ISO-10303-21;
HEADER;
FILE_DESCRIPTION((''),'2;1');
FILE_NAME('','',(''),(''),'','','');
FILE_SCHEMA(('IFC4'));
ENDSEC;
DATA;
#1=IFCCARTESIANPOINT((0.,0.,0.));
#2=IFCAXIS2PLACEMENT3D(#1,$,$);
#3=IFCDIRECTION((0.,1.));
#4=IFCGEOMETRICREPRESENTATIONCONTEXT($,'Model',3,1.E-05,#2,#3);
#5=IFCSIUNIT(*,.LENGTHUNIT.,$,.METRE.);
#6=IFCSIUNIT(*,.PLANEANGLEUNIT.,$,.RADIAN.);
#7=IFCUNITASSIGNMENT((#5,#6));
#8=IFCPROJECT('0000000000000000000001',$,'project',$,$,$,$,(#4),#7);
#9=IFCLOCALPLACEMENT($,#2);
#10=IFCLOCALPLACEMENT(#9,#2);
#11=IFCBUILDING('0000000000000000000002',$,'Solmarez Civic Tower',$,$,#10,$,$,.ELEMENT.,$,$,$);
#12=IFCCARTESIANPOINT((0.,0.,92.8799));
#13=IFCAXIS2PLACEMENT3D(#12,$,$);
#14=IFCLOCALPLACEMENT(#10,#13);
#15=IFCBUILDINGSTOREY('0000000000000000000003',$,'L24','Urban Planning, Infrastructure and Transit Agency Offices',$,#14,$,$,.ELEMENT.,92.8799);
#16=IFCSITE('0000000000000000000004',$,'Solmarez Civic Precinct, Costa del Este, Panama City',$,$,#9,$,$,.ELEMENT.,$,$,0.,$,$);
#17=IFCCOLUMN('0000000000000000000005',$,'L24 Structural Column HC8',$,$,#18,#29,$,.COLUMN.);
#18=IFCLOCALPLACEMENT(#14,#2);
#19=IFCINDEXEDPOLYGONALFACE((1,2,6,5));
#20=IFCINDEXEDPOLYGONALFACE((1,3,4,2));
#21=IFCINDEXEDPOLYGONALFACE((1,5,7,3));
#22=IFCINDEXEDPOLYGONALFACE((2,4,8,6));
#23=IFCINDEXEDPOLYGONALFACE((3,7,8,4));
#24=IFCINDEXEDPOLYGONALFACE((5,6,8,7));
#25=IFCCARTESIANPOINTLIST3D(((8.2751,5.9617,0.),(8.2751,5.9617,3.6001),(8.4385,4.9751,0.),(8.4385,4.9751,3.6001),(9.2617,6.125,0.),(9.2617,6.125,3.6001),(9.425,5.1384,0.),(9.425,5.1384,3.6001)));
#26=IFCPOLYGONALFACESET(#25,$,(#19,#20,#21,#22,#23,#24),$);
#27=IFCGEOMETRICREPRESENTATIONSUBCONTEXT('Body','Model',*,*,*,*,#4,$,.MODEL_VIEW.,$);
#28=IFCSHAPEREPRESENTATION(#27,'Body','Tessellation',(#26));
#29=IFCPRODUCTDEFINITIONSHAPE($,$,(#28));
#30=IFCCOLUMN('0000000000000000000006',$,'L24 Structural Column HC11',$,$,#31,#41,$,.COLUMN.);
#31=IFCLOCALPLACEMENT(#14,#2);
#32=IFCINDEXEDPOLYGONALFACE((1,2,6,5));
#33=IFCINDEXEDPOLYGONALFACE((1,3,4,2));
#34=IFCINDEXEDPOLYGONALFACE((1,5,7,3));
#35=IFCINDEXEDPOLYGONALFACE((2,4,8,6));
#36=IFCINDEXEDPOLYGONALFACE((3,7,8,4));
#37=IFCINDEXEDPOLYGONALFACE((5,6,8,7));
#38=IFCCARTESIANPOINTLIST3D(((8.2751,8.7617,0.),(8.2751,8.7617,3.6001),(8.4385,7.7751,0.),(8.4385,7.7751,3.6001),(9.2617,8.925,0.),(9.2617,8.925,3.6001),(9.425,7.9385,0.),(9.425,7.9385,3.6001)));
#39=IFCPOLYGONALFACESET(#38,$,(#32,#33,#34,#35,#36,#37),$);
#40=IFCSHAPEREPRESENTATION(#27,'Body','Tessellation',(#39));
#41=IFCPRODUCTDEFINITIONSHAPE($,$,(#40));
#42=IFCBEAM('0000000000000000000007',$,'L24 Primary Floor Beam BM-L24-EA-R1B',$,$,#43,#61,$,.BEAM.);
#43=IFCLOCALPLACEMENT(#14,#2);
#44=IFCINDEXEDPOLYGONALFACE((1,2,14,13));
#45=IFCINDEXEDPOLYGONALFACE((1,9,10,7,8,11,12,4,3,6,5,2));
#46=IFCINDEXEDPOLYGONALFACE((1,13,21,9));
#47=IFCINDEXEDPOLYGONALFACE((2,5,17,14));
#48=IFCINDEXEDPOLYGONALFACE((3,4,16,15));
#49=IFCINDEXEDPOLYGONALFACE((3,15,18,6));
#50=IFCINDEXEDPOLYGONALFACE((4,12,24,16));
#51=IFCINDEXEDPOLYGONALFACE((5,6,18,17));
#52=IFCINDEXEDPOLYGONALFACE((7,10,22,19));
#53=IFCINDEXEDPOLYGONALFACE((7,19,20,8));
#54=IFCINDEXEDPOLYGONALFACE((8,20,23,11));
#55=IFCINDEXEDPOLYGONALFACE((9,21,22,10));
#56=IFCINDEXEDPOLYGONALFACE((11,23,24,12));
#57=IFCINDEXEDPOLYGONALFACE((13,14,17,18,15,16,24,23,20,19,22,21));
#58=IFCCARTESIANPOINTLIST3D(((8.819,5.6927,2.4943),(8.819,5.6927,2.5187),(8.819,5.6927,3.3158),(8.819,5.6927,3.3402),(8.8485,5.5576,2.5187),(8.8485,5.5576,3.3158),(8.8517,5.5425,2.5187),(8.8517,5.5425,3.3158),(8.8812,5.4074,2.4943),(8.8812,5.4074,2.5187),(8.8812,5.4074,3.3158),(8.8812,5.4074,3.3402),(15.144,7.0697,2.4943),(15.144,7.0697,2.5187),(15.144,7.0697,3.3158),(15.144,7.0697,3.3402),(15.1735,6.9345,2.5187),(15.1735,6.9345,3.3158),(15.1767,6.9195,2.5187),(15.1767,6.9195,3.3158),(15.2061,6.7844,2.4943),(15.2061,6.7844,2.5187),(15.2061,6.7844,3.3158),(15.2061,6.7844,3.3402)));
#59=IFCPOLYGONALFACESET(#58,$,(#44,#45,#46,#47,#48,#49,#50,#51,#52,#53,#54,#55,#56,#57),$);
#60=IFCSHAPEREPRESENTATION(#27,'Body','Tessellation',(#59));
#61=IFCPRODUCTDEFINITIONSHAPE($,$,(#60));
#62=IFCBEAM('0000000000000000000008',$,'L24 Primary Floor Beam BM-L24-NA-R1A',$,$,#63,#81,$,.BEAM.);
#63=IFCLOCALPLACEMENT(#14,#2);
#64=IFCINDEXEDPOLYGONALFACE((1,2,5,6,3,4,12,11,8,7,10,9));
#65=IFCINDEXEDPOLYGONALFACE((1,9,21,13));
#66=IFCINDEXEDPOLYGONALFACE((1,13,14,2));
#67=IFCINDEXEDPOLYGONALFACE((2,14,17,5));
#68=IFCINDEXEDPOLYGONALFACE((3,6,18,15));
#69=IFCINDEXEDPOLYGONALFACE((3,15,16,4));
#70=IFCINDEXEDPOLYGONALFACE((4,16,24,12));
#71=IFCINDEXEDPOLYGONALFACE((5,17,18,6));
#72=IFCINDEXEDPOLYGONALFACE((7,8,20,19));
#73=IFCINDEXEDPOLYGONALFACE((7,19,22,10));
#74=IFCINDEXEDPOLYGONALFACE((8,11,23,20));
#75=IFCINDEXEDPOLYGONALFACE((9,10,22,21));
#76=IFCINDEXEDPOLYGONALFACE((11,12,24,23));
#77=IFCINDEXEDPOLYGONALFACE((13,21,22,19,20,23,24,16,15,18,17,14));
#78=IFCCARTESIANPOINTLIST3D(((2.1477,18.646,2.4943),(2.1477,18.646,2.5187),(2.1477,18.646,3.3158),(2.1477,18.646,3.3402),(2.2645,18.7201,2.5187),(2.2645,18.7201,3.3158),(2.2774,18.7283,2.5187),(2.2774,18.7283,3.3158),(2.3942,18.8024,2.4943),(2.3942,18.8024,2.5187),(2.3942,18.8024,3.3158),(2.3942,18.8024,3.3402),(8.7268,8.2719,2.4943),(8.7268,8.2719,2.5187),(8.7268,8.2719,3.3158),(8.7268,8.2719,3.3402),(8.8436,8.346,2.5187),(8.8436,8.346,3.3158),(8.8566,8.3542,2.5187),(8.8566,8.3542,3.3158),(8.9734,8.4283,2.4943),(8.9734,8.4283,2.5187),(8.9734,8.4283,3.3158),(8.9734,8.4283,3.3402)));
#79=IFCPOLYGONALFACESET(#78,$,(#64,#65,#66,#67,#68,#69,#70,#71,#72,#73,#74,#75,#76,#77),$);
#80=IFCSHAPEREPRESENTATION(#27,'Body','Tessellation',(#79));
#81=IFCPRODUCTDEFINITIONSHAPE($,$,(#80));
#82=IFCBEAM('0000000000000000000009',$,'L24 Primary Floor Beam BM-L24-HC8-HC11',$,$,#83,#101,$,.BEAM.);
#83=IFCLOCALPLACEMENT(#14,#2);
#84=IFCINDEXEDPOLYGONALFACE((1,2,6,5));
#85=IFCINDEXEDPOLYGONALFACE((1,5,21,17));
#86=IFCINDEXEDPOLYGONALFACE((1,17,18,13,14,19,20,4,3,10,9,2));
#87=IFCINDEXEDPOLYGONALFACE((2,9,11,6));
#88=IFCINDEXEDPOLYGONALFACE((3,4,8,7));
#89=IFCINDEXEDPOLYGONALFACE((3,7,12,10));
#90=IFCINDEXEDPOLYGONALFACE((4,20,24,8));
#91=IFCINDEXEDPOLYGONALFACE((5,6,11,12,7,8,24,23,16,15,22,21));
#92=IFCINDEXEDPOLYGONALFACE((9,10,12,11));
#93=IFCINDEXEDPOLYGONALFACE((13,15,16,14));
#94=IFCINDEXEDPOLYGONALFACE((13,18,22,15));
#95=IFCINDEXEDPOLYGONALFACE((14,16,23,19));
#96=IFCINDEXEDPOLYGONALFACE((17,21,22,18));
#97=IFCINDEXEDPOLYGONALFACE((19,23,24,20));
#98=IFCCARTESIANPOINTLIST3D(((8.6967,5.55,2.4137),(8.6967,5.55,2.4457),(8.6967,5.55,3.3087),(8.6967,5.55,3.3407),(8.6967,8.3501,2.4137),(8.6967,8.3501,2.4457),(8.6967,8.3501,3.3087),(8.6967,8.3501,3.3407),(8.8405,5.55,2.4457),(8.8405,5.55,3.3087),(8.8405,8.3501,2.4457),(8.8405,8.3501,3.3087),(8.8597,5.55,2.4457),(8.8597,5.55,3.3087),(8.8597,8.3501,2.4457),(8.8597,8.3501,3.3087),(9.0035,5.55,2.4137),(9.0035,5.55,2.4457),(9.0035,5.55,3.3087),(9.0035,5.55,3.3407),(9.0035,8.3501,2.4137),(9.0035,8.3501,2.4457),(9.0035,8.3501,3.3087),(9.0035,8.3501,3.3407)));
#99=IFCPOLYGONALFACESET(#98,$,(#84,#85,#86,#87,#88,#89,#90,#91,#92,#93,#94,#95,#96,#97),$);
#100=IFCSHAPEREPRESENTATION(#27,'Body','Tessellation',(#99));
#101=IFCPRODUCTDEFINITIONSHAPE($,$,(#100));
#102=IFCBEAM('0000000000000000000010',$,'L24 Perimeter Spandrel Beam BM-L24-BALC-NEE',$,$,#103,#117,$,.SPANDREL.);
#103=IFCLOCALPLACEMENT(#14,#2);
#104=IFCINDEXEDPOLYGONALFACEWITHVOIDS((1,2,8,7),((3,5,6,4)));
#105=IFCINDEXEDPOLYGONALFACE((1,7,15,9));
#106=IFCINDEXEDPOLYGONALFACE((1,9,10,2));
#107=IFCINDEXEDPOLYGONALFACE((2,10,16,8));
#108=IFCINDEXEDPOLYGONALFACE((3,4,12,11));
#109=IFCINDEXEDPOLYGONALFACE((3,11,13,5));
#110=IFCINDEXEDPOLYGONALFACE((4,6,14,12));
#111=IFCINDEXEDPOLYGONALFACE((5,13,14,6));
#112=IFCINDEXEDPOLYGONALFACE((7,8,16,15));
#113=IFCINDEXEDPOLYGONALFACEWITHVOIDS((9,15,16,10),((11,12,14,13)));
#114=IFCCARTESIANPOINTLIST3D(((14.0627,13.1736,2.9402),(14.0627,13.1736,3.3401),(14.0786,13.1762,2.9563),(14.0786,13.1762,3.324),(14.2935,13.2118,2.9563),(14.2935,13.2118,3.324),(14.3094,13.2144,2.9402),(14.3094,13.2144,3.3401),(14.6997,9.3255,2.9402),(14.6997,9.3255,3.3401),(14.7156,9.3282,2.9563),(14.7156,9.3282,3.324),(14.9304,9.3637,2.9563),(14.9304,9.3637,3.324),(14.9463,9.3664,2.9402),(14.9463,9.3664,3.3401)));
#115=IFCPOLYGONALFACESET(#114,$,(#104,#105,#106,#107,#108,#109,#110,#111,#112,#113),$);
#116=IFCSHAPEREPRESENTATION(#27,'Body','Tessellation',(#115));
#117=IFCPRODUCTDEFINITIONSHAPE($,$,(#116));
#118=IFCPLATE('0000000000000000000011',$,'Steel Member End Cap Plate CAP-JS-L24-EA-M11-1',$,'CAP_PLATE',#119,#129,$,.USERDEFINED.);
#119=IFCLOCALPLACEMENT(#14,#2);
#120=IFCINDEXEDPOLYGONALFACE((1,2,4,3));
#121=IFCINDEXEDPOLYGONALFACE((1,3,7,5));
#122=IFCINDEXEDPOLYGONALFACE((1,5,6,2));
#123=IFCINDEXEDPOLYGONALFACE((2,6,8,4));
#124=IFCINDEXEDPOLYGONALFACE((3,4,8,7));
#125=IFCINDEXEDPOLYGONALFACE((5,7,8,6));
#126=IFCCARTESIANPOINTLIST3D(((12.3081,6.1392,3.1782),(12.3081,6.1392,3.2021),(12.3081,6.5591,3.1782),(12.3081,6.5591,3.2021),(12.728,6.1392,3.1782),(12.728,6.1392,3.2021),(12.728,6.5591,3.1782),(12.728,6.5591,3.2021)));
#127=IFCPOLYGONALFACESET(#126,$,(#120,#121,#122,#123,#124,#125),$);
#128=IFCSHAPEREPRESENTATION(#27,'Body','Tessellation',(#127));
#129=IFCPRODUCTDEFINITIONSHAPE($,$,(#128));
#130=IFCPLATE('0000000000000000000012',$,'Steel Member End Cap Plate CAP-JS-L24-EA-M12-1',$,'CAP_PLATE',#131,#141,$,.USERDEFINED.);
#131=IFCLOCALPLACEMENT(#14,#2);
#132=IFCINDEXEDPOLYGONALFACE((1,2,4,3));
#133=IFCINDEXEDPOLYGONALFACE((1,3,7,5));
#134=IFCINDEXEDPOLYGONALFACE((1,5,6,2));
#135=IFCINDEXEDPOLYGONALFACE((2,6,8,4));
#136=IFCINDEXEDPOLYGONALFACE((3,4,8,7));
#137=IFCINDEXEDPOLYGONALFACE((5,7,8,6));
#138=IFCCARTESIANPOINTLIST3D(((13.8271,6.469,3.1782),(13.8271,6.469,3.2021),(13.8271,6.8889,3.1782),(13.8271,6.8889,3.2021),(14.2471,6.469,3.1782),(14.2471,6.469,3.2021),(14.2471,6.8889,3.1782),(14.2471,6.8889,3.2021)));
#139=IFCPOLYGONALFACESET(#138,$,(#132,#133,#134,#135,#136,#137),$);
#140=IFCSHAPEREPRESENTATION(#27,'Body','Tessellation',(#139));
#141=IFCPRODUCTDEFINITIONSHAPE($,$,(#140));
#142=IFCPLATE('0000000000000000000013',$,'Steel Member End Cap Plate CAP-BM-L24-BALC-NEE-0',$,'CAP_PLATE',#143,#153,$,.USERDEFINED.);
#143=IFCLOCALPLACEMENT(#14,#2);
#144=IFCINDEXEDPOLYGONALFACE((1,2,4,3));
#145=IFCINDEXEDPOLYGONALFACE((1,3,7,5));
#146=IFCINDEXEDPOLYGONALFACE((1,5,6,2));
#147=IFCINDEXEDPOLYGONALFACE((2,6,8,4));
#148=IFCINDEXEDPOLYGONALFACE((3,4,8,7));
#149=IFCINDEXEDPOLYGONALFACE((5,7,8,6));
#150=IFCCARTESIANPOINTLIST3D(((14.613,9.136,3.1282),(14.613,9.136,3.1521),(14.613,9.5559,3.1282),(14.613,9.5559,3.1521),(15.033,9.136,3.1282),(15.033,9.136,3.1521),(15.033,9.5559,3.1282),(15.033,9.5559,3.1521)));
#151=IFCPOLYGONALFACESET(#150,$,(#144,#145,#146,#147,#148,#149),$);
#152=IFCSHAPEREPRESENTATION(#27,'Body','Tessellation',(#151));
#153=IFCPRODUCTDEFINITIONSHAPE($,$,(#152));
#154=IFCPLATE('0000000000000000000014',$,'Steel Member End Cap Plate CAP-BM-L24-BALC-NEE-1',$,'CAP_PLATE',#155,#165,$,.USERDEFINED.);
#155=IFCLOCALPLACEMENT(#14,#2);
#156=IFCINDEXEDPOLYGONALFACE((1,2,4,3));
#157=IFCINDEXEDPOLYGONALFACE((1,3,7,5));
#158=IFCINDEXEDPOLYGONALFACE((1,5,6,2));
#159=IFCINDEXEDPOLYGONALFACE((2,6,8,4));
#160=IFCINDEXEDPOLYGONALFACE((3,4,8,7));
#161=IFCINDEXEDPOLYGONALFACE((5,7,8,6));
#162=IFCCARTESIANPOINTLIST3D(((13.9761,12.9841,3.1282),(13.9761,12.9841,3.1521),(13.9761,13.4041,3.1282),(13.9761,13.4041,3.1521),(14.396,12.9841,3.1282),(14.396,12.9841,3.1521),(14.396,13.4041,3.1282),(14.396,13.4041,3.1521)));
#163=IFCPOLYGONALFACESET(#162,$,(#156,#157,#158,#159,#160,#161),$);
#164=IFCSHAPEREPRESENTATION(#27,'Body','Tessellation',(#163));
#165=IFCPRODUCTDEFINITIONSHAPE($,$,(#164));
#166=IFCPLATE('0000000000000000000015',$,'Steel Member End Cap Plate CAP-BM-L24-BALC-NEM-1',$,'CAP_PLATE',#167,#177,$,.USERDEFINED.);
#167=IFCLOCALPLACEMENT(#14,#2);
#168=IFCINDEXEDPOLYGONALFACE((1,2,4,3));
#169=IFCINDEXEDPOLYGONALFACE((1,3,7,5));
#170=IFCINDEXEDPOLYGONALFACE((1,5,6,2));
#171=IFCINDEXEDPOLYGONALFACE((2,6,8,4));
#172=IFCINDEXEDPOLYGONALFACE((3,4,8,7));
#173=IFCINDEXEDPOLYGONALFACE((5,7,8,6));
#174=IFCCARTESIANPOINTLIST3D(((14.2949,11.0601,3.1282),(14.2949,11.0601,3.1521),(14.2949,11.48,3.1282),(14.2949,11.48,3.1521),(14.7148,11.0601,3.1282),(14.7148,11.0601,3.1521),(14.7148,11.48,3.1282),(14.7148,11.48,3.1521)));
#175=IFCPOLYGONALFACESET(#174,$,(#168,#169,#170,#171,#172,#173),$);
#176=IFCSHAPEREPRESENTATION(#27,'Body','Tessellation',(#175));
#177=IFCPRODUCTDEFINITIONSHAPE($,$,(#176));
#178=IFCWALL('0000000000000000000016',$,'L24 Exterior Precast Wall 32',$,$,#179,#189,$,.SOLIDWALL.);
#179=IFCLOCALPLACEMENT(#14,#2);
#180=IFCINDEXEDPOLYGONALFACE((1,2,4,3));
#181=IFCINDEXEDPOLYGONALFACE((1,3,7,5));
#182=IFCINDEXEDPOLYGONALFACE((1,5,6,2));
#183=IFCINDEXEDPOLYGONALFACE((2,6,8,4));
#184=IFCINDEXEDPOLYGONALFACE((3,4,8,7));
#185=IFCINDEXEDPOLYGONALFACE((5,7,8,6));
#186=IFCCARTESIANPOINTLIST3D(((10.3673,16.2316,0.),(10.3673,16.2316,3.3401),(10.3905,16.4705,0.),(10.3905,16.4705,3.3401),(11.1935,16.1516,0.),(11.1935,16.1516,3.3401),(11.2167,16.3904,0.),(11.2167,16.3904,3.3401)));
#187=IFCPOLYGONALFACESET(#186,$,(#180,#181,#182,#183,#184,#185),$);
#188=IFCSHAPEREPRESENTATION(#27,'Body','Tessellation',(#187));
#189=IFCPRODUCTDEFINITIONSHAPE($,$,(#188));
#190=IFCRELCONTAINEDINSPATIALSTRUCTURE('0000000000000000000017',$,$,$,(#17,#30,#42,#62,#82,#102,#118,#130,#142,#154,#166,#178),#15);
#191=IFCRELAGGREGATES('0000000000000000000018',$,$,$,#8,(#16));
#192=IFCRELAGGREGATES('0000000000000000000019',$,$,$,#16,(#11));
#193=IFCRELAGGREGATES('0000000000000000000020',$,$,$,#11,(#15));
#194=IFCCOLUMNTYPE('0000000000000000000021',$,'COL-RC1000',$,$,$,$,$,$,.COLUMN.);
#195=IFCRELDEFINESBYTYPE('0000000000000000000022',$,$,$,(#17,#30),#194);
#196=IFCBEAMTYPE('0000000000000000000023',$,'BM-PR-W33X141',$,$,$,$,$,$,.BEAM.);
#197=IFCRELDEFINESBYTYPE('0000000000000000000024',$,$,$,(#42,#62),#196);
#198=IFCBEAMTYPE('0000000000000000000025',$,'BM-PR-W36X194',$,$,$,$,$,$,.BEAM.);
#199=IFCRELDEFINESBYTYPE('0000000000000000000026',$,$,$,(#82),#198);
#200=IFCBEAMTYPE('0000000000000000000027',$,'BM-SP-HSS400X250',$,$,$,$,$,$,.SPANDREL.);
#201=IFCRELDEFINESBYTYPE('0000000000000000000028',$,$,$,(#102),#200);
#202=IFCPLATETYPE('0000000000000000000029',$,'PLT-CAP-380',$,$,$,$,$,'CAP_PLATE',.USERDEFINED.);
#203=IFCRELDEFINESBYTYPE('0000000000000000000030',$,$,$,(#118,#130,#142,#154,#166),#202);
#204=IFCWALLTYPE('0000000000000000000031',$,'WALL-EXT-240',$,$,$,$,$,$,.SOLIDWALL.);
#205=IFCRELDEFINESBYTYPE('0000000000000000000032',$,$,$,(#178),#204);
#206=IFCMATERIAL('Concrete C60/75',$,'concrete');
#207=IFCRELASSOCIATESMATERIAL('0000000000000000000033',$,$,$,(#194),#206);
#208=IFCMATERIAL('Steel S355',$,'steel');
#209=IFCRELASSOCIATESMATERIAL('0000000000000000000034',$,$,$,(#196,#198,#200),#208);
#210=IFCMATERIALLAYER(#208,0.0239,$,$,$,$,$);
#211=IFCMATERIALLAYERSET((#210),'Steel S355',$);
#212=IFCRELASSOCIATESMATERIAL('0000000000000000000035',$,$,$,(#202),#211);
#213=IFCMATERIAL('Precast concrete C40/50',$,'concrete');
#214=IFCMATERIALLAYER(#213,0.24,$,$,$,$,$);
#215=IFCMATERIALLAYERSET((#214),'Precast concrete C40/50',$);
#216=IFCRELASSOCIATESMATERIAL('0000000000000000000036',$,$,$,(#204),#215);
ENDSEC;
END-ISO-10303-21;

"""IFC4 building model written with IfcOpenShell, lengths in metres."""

from ifc_helpers import new_model, si_unit, direction, frame, frame_2d, origin, origin_2d, place, context, subcontext, project, spatial, rectangle, hollow_rectangle, i_section, extrude, material, layer, layer_set, material_profile, profile_set, type_object, element, save


model = new_model("IFC4")

# Units and contexts
model_context = context("Model", 3, precision=1e-05, world=origin(), true_north=direction((0.0, 1.0)))
body_context = subcontext(model_context, "Body", "Model", "MODEL_VIEW")
ifc_project = project(units=[si_unit("LENGTHUNIT", "METRE"), si_unit("PLANEANGLEUNIT", "RADIAN")], contexts=[model_context])

# Site, building, storey
site_placement = place(None, origin())
site = spatial("IfcSite", under=ifc_project, at=site_placement, Name="Solmarez Civic Precinct, Costa del Este, Panama City", CompositionType="ELEMENT", RefElevation=0.0)
building_placement = place(site_placement, origin())
building = spatial("IfcBuilding", under=site, at=building_placement, Name="Solmarez Civic Tower", CompositionType="ELEMENT")
storey_placement = place(building_placement, frame((0.0, 0.0, 92.8799)))
storey = spatial("IfcBuildingStorey", under=building, at=storey_placement, Name="L24", Description="Urban Planning, Infrastructure and Transit Agency Offices", CompositionType="ELEMENT", Elevation=92.8799)

# Columns
ifc_material_1 = material(Name="Concrete C60/75", Category="concrete")
ifc_material_profile_1 = material_profile(ifc_material_1, rectangle(XDim=1.0, YDim=1.0, at=origin_2d()), Name="RC1000X1000")
ifc_profile_set_1 = profile_set([ifc_material_profile_1], Name="Concrete C60/75")
column_type = type_object("IfcColumnType", Name="COL-RC1000", PredefinedType="COLUMN", material=ifc_profile_set_1)
for number, where, z_axis, x_axis, name in (
    (1, (8.8501, 5.55, 0.0), (0.0, 0.0, 1.0), (0.986572, 0.163326, 0.0), "L24 Structural Column HC8"),
    (2, (8.8501, 8.3501, 0.0), (0.0, 0.0, 1.0), (0.986572, 0.163326, 0.0), "L24 Structural Column HC11"),
):
    element("IfcColumn", number, at=place(storey_placement, frame(where, z_axis=z_axis, x_axis=x_axis)), inside=storey, type_object=column_type, Name=name, PredefinedType="COLUMN", context=body_context, shape_type="SweptSolid", body=[
        extrude(rectangle(XDim=1.0, YDim=1.0, at=origin_2d()), origin(), (0.0, 0.0, 1.0), 3.6001),
    ])

# Beams
ifc_material_2 = material(Name="Steel S355", Category="steel")
ifc_material_profile_2 = material_profile(ifc_material_2, i_section(OverallWidth=0.292, OverallDepth=0.8459, WebThickness=0.0154, FlangeThickness=0.0244, at=origin_2d()), Name="W33X141")
ifc_profile_set_2 = profile_set([ifc_material_profile_2], Name="Steel S355")
beam_type_1 = type_object("IfcBeamType", Name="BM-PR-W33X141", PredefinedType="BEAM", material=ifc_profile_set_2)
beam_1_placement = place(storey_placement, frame((8.8501, 5.55, 2.9172), z_axis=(0.977113, 0.212719, 0.0), x_axis=(-0.212719, 0.977113, 0.0)))
element("IfcBeam", 3, at=beam_1_placement, inside=storey, type_object=beam_type_1, Name="L24 Primary Floor Beam BM-L24-EA-R1B", PredefinedType="BEAM", context=body_context, shape_type="SweptSolid", body=[
    extrude(i_section(OverallWidth=0.292, OverallDepth=0.8459, WebThickness=0.0154, FlangeThickness=0.0244, at=origin_2d()), origin(), (0.0, 0.0, 1.0), 6.4731),
])
beam_2_placement = place(storey_placement, frame((8.8501, 8.3501, 2.9172), z_axis=(-0.535568, 0.844492, 0.0), x_axis=(-0.844492, -0.535568, 0.0)))
element("IfcBeam", 4, at=beam_2_placement, inside=storey, type_object=beam_type_1, Name="L24 Primary Floor Beam BM-L24-NA-R1A", PredefinedType="BEAM", context=body_context, shape_type="SweptSolid", body=[
    extrude(i_section(OverallWidth=0.292, OverallDepth=0.8459, WebThickness=0.0154, FlangeThickness=0.0244, at=origin_2d()), origin(), (0.0, 0.0, 1.0), 12.2844),
])
ifc_material_profile_3 = material_profile(ifc_material_2, i_section(OverallWidth=0.3069, OverallDepth=0.927, WebThickness=0.0193, FlangeThickness=0.032, at=origin_2d()), Name="W36X194")
ifc_profile_set_3 = profile_set([ifc_material_profile_3], Name="Steel S355")
beam_type_2 = type_object("IfcBeamType", Name="BM-PR-W36X194", PredefinedType="BEAM", material=ifc_profile_set_3)
beam_3_placement = place(storey_placement, frame((8.8501, 5.55, 2.8772), z_axis=(0.0, 1.0, 0.0), x_axis=(-1.0, 0.0, 0.0)))
element("IfcBeam", 5, at=beam_3_placement, inside=storey, type_object=beam_type_2, Name="L24 Primary Floor Beam BM-L24-HC8-HC11", PredefinedType="BEAM", context=body_context, shape_type="SweptSolid", body=[
    extrude(i_section(OverallWidth=0.3069, OverallDepth=0.927, WebThickness=0.0193, FlangeThickness=0.032, at=origin_2d()), origin(), (0.0, 0.0, 1.0), 2.8),
])
ifc_material_profile_4 = material_profile(ifc_material_2, hollow_rectangle(XDim=0.25, YDim=0.3999, WallThickness=0.0161, at=origin_2d()), Name="HSS400X250X16")
ifc_profile_set_4 = profile_set([ifc_material_profile_4], Name="Steel S355")
beam_type_3 = type_object("IfcBeamType", Name="BM-SP-HSS400X250", PredefinedType="SPANDREL", material=ifc_profile_set_4)
beam_4_placement = place(storey_placement, frame((14.823, 9.3459, 3.1401), z_axis=(-0.163303, 0.986576, 0.0), x_axis=(-0.986576, -0.163303, 0.0)))
element("IfcBeam", 6, at=beam_4_placement, inside=storey, type_object=beam_type_3, Name="L24 Perimeter Spandrel Beam BM-L24-BALC-NEE", PredefinedType="SPANDREL", context=body_context, shape_type="SweptSolid", body=[
    extrude(hollow_rectangle(XDim=0.25, YDim=0.3999, WallThickness=0.0161, at=origin_2d()), origin(), (0.0, 0.0, 1.0), 3.9004),
])

# Plates
ifc_layer_1 = layer(ifc_material_2, 0.0239)
ifc_layer_set_1 = layer_set([ifc_layer_1], Name="Steel S355")
plate_type = type_object("IfcPlateType", Name="PLT-CAP-380", ElementType="CAP_PLATE", PredefinedType="USERDEFINED", material=ifc_layer_set_1)
for number, where, z_axis, x_axis, name in (
    (7, (12.5181, 6.3491, 3.1782), (0.0, 0.0, 1.0), (1.0, 0.0, 0.0), "Steel Member End Cap Plate CAP-JS-L24-EA-M11-1"),
    (8, (14.0371, 6.679, 3.1782), (0.0, 0.0, 1.0), (1.0, 0.0, 0.0), "Steel Member End Cap Plate CAP-JS-L24-EA-M12-1"),
    (9, (14.823, 9.3459, 3.1282), (0.0, 0.0, 1.0), (1.0, 0.0, 0.0), "Steel Member End Cap Plate CAP-BM-L24-BALC-NEE-0"),
    (10, (14.186, 13.1941, 3.1282), (0.0, 0.0, 1.0), (1.0, 0.0, 0.0), "Steel Member End Cap Plate CAP-BM-L24-BALC-NEE-1"),
    (11, (14.5049, 11.27, 3.1282), (0.0, 0.0, 1.0), (1.0, 0.0, 0.0), "Steel Member End Cap Plate CAP-BM-L24-BALC-NEM-1"),
):
    element("IfcPlate", number, at=place(storey_placement, frame(where, z_axis=z_axis, x_axis=x_axis)), inside=storey, type_object=plate_type, Name=name, ObjectType="CAP_PLATE", PredefinedType="USERDEFINED", context=body_context, shape_type="SweptSolid", body=[
        extrude(rectangle(XDim=0.4199, YDim=0.4199, at=origin_2d()), origin(), (0.0, 0.0, 1.0), 0.0239),
    ])

# Wall
ifc_material_3 = material(Name="Precast concrete C40/50", Category="concrete")
ifc_layer_2 = layer(ifc_material_3, 0.24)
ifc_layer_set_2 = layer_set([ifc_layer_2], Name="Precast concrete C40/50")
wall_type_1 = type_object("IfcWallType", Name="WALL-EXT-240", PredefinedType="SOLIDWALL", material=ifc_layer_set_2)
wall_1_placement = place(storey_placement, frame((10.3789, 16.3511, 0.0), z_axis=(0.0, 0.0, 1.0), x_axis=(0.995335, -0.096475, 0.0)))
element("IfcWall", 12, at=wall_1_placement, inside=storey, type_object=wall_type_1, Name="L24 Exterior Precast Wall 32", PredefinedType="SOLIDWALL", context=body_context, shape_type="SweptSolid", body=[
    extrude(rectangle(XDim=0.8301, YDim=0.24, at=frame_2d((0.415, 0.0))), origin(), (0.0, 0.0, 1.0), 3.3401),
])

save(model, "model.ifc")
